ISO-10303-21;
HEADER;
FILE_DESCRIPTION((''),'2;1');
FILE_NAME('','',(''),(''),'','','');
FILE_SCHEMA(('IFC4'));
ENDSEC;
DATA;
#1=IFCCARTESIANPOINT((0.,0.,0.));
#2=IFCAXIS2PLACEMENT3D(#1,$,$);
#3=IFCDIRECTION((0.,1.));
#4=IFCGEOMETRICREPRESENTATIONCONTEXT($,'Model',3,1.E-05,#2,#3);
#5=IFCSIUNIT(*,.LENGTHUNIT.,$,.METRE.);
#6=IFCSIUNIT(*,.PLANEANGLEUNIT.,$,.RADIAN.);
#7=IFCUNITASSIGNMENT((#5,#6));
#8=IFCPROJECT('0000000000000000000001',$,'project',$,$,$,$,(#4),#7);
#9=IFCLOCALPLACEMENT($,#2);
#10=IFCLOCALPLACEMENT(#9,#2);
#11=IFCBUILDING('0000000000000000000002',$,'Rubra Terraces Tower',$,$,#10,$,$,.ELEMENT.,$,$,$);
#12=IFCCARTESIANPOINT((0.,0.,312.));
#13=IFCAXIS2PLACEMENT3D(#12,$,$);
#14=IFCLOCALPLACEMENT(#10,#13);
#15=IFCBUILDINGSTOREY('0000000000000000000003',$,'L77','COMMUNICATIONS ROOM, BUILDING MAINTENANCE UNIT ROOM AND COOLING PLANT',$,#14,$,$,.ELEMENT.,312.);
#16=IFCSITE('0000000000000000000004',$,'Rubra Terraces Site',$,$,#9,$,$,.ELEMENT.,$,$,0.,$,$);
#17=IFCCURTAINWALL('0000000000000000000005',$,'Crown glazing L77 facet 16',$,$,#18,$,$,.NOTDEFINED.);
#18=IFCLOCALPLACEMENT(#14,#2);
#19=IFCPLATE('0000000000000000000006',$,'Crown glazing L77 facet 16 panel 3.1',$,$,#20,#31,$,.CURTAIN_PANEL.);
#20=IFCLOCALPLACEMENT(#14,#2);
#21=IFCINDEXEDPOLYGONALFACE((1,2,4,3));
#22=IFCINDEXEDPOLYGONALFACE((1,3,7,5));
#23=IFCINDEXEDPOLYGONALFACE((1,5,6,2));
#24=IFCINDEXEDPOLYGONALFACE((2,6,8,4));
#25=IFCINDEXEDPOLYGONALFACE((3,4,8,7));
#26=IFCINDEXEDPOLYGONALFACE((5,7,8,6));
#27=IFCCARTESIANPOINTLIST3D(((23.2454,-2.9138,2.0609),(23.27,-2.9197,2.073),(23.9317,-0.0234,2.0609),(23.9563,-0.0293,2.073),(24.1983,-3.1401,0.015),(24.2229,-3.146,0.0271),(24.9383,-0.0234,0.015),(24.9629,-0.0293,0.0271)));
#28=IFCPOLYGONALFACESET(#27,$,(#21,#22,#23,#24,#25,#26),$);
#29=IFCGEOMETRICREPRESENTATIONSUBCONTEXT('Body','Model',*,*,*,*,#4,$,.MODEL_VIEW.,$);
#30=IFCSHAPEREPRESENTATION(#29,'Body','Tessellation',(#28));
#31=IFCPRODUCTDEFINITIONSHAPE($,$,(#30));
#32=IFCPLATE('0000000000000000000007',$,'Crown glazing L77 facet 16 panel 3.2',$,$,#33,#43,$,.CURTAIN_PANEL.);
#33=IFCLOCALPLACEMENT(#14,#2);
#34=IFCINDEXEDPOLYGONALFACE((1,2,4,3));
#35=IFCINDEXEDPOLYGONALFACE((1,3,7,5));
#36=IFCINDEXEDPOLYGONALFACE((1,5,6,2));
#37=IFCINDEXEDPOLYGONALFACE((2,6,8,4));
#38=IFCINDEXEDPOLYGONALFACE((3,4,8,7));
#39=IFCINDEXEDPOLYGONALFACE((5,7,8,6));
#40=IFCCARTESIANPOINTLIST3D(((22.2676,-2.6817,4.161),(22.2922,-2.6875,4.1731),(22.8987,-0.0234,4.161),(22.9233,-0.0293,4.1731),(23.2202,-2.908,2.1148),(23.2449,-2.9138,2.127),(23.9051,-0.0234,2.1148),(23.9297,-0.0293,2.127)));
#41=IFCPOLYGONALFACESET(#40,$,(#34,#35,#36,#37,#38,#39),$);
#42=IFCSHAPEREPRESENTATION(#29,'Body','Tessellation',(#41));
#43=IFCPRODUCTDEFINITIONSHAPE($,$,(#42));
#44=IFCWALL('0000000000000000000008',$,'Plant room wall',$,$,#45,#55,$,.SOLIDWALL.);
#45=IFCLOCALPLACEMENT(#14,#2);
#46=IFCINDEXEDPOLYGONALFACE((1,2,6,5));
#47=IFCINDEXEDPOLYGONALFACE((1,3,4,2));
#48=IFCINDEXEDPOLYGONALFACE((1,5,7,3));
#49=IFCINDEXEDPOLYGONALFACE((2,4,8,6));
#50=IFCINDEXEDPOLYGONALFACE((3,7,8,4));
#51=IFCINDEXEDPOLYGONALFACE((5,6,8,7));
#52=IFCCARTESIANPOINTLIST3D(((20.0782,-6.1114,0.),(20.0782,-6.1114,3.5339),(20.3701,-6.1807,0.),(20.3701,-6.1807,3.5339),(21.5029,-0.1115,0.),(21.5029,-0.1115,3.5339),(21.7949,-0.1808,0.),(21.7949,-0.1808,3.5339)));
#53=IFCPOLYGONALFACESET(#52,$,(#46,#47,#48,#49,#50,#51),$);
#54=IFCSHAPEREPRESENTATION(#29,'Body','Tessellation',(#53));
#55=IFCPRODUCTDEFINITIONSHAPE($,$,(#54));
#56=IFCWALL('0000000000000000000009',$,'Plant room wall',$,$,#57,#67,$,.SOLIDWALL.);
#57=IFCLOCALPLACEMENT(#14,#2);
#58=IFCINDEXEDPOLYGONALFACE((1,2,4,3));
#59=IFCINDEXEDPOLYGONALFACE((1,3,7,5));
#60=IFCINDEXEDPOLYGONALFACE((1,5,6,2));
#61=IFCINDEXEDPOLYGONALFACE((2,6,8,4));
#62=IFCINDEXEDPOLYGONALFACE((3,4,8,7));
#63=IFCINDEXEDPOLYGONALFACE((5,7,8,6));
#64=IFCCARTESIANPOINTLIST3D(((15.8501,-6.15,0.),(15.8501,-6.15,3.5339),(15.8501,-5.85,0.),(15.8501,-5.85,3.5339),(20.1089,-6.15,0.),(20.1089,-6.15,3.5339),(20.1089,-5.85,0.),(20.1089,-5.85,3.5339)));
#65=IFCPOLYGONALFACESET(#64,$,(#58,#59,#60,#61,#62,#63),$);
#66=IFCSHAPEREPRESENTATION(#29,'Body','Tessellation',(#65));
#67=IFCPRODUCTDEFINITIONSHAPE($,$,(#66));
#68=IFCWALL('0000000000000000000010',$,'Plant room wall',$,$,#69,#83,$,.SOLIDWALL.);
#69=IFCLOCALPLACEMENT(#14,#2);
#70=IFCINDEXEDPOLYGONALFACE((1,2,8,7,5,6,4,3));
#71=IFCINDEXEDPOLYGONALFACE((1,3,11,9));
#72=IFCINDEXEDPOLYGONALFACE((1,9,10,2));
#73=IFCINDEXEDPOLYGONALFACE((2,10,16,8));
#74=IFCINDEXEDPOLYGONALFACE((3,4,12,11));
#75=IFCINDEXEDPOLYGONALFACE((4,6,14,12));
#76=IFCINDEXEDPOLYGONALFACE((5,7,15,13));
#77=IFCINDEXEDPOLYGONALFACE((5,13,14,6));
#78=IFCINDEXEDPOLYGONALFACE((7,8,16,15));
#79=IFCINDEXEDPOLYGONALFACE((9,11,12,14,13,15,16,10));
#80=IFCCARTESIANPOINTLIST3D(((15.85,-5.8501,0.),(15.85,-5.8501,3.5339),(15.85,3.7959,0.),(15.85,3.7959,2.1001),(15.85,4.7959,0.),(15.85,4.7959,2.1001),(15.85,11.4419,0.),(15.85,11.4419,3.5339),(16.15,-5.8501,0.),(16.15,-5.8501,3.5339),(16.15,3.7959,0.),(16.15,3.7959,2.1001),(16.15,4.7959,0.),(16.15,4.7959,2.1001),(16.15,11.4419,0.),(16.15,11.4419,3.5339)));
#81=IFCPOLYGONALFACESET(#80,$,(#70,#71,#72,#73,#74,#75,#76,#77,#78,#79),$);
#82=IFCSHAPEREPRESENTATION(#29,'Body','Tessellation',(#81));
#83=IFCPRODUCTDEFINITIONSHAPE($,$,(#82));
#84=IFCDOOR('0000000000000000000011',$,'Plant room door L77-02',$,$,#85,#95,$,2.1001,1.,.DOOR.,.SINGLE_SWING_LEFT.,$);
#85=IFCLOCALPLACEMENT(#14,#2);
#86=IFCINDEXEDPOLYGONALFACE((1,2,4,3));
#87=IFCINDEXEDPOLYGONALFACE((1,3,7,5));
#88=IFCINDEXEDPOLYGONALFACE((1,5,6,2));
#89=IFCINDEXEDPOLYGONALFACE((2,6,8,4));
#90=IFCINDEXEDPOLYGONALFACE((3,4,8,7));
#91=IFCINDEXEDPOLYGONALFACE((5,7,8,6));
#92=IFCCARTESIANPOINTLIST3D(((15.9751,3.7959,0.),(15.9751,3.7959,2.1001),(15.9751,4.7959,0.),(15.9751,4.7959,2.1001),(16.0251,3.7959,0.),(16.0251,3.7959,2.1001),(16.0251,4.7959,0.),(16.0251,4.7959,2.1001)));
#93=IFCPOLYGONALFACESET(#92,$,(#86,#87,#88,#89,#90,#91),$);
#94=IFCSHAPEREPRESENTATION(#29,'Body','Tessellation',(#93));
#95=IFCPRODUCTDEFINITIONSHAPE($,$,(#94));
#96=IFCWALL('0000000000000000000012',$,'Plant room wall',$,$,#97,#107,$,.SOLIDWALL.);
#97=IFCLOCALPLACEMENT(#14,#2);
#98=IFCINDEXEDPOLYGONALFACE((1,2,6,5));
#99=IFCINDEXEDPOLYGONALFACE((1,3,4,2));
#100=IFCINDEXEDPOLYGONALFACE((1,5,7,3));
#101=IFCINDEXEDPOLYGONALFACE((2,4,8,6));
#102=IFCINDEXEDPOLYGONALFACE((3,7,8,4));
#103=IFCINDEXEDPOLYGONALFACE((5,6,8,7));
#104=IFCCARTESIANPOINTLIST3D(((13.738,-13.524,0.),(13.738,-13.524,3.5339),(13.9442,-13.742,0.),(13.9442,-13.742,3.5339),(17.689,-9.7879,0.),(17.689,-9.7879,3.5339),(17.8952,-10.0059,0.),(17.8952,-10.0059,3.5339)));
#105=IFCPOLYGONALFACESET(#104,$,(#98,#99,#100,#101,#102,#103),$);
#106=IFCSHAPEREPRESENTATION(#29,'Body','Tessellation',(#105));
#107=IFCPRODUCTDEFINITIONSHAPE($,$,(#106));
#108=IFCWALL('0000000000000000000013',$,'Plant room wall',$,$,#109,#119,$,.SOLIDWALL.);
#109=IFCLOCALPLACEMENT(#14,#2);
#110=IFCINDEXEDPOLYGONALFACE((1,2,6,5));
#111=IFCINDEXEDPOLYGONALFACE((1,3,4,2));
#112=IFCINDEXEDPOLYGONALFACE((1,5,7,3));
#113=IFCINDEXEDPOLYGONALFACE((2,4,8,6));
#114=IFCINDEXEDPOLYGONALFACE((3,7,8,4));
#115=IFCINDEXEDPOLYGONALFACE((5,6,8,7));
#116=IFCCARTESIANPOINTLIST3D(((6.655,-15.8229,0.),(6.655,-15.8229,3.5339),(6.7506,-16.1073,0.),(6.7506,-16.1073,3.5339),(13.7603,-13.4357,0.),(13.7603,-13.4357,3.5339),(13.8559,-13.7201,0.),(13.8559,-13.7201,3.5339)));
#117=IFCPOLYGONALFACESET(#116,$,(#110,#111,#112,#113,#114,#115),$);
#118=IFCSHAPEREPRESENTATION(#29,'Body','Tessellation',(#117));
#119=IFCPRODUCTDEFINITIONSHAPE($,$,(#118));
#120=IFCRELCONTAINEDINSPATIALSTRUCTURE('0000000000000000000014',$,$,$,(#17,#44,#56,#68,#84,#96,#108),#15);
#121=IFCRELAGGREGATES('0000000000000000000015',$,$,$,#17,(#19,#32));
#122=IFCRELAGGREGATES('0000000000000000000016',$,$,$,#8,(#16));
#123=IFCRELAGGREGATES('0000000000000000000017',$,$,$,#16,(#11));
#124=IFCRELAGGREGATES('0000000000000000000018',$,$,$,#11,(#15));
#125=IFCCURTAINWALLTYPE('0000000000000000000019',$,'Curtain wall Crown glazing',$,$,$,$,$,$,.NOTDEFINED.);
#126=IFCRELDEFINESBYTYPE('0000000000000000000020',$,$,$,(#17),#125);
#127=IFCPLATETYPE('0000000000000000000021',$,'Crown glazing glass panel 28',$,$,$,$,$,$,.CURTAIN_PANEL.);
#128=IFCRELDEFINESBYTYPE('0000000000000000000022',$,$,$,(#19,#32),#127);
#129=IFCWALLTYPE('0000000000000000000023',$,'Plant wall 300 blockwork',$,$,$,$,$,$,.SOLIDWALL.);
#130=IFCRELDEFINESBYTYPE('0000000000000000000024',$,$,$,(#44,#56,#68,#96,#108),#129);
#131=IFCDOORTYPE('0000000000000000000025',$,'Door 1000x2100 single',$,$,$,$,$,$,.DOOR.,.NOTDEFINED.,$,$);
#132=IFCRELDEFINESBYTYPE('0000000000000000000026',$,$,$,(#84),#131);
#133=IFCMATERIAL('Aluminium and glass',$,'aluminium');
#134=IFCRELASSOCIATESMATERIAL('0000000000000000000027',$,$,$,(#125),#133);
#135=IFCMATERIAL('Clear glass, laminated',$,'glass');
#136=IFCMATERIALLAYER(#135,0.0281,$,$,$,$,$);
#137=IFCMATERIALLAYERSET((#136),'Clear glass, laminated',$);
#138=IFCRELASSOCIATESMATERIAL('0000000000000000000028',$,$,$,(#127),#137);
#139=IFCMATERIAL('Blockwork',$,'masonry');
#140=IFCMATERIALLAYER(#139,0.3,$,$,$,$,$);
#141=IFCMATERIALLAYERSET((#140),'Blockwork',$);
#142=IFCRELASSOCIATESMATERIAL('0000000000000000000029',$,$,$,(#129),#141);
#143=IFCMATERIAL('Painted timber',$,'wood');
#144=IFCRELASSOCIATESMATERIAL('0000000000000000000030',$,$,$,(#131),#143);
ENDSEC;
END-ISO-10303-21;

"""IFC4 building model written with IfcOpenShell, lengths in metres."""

from ifc_helpers import new_model, si_unit, direction, frame, frame_2d, origin, place, context, subcontext, project, spatial, polyline, rectangle, outline, extrude, material, layer, layer_set, type_object, element, fill, aggregate, save


model = new_model("IFC4")

# Units and contexts
model_context = context("Model", 3, precision=1e-05, world=origin(), true_north=direction((0.0, 1.0)))
body_context = subcontext(model_context, "Body", "Model", "MODEL_VIEW")
ifc_project = project(units=[si_unit("LENGTHUNIT", "METRE"), si_unit("PLANEANGLEUNIT", "RADIAN")], contexts=[model_context])

# Site, building, storey
site_placement = place(None, origin())
site = spatial("IfcSite", under=ifc_project, at=site_placement, Name="Rubra Terraces Site", CompositionType="ELEMENT", RefElevation=0.0)
building_placement = place(site_placement, origin())
building = spatial("IfcBuilding", under=site, at=building_placement, Name="Rubra Terraces Tower", CompositionType="ELEMENT")
storey_placement = place(building_placement, frame((0.0, 0.0, 312.0)))
storey = spatial("IfcBuildingStorey", under=building, at=storey_placement, Name="L77", Description="COMMUNICATIONS ROOM, BUILDING MAINTENANCE UNIT ROOM AND COOLING PLANT", CompositionType="ELEMENT", Elevation=312.0)

# Curtain wall
ifc_material_1 = material(Name="Aluminium and glass", Category="aluminium")
curtain_wall_type = type_object("IfcCurtainWallType", Name="Curtain wall Crown glazing", PredefinedType="NOTDEFINED", material=ifc_material_1)
curtain_wall_1_placement = place(storey_placement, origin())
curtain_wall_1 = element("IfcCurtainWall", 1, at=curtain_wall_1_placement, inside=storey, type_object=curtain_wall_type, Name="Crown glazing L77 facet 16", PredefinedType="NOTDEFINED")

# Plates
ifc_material_2 = material(Name="Clear glass, laminated", Category="glass")
ifc_layer_1 = layer(ifc_material_2, 0.0281)
ifc_layer_set_1 = layer_set([ifc_layer_1], Name="Clear glass, laminated")
plate_type = type_object("IfcPlateType", Name="Crown glazing glass panel 28", PredefinedType="CURTAIN_PANEL", material=ifc_layer_set_1)
plate_1_placement = place(storey_placement, frame((24.2229, -3.146, 0.0271), z_axis=(0.877582, -0.208366, 0.43178), x_axis=(0.231009, 0.972952, 0.000001)))
plate_1 = element("IfcPlate", 2, at=plate_1_placement, type_object=plate_type, Name="Crown glazing L77 facet 16 panel 3.1", PredefinedType="CURTAIN_PANEL", context=body_context, shape_type="SweptSolid", body=[
    extrude(outline(polyline([(0.0, 0.0), (3.2033, 0.0), (2.9708, 2.2682), (0.0001, 2.2682), (0.0, 0.0)])), origin(), (0.0, 0.0, -1.0), 0.0281),
])
plate_2_placement = place(storey_placement, frame((23.2449, -2.9138, 2.127), z_axis=(0.877644, -0.208365, 0.431653), x_axis=(0.230992, 0.972956, 0.000001)))
plate_2 = element("IfcPlate", 3, at=plate_2_placement, type_object=plate_type, Name="Crown glazing L77 facet 16 panel 3.2", PredefinedType="CURTAIN_PANEL", context=body_context, shape_type="SweptSolid", body=[
    extrude(outline(polyline([(0.0, 0.0), (2.9647, 0.0), (2.7322, 2.2683), (0.0001, 2.2684), (0.0, 0.0)])), origin(), (0.0, 0.0, -1.0), 0.0281),
])
aggregate(curtain_wall_1, [plate_1, plate_2])

# Walls
ifc_material_3 = material(Name="Blockwork", Category="masonry")
ifc_layer_2 = layer(ifc_material_3, 0.3)
ifc_layer_set_2 = layer_set([ifc_layer_2], Name="Blockwork")
wall_type = type_object("IfcWallType", Name="Plant wall 300 blockwork", PredefinedType="SOLIDWALL", material=ifc_layer_set_2)
wall_1_placement = place(storey_placement, frame((21.6489, -0.146, 0.0), z_axis=(0.0, 0.0, 1.0), x_axis=(-0.231042, -0.972944, 0.0)))
element("IfcWall", 4, at=wall_1_placement, inside=storey, type_object=wall_type, Name="Plant room wall", PredefinedType="SOLIDWALL", context=body_context, shape_type="SweptSolid", body=[
    extrude(rectangle(XDim=6.1667, YDim=0.3, at=frame_2d((3.0835, 0.0))), origin(), (0.0, 0.0, 1.0), 3.5339),
])
wall_2_placement = place(storey_placement, frame((20.1089, -6.0, 0.0), z_axis=(0.0, 0.0, 1.0), x_axis=(-1.0, 0.0, 0.0)))
element("IfcWall", 5, at=wall_2_placement, inside=storey, type_object=wall_type, Name="Plant room wall", PredefinedType="SOLIDWALL", context=body_context, shape_type="SweptSolid", body=[
    extrude(rectangle(XDim=4.2588, YDim=0.3, at=frame_2d((2.1294, 0.0))), origin(), (0.0, 0.0, 1.0), 3.5339),
])

# Wall, opening, door
wall_3_placement = place(storey_placement, frame((16.0, -5.8501, 0.0), z_axis=(0.0, 0.0, 1.0), x_axis=(0.0, 1.0, 0.0)))
wall_3 = element("IfcWall", 6, at=wall_3_placement, inside=storey, type_object=wall_type, Name="Plant room wall", PredefinedType="SOLIDWALL", context=body_context, shape_type="SweptSolid", body=[
    extrude(rectangle(XDim=17.292, YDim=0.3, at=frame_2d((8.646, 0.0))), origin(), (0.0, 0.0, 1.0), 3.5339),
])
opening_placement = place(wall_3_placement, frame((9.646, 0.0, 0.0)))
opening = element("IfcOpeningElement", 7, at=opening_placement, cuts=wall_3, PredefinedType="OPENING", context=body_context, shape_type="SweptSolid", body=[
    extrude(rectangle(XDim=1.0, YDim=2.1001, at=frame_2d((0.5, 1.05))), frame((0.0, 0.1599, 0.0), z_axis=(0.0, -1.0, 0.0), x_axis=(1.0, 0.0, 0.0)), (0.0, 0.0, 1.0), 0.3201),
])
ifc_material_4 = material(Name="Painted timber", Category="wood")
door_type = type_object("IfcDoorType", Name="Door 1000x2100 single", OperationType="NOTDEFINED", PredefinedType="DOOR", material=ifc_material_4)
door_placement = place(opening_placement, origin())
door = element("IfcDoor", 8, at=door_placement, inside=storey, type_object=door_type, Name="Plant room door L77-02", OperationType="SINGLE_SWING_LEFT", OverallHeight=2.1001, OverallWidth=1.0, PredefinedType="DOOR", context=body_context, shape_type="SweptSolid", body=[
    extrude(rectangle(XDim=1.0, YDim=2.1001, at=frame_2d((0.5, 1.05))), frame((0.0, 0.0249, 0.0), z_axis=(0.0, -1.0, 0.0), x_axis=(1.0, 0.0, 0.0)), (0.0, 0.0, 1.0), 0.05),
])
fill(opening, door)

# Walls
wall_4_placement = place(storey_placement, frame((17.792, -9.897, 0.0), z_axis=(0.0, 0.0, 1.0), x_axis=(-0.726586, -0.687076, 0.0)))
element("IfcWall", 9, at=wall_4_placement, inside=storey, type_object=wall_type, Name="Plant room wall", PredefinedType="SOLIDWALL", context=body_context, shape_type="SweptSolid", body=[
    extrude(rectangle(XDim=5.4377, YDim=0.3, at=frame_2d((2.7188, 0.0))), origin(), (0.0, 0.0, 1.0), 3.5339),
])
wall_5_placement = place(storey_placement, frame((13.8081, -13.5779, 0.0), z_axis=(0.0, 0.0, 1.0), x_axis=(-0.947928, -0.318484, 0.0)))
element("IfcWall", 10, at=wall_5_placement, inside=storey, type_object=wall_type, Name="Plant room wall", PredefinedType="SOLIDWALL", context=body_context, shape_type="SweptSolid", body=[
    extrude(rectangle(XDim=7.4956, YDim=0.3, at=frame_2d((3.7478, 0.0))), origin(), (0.0, 0.0, 1.0), 3.5339),
])

save(model, "model.ifc")
